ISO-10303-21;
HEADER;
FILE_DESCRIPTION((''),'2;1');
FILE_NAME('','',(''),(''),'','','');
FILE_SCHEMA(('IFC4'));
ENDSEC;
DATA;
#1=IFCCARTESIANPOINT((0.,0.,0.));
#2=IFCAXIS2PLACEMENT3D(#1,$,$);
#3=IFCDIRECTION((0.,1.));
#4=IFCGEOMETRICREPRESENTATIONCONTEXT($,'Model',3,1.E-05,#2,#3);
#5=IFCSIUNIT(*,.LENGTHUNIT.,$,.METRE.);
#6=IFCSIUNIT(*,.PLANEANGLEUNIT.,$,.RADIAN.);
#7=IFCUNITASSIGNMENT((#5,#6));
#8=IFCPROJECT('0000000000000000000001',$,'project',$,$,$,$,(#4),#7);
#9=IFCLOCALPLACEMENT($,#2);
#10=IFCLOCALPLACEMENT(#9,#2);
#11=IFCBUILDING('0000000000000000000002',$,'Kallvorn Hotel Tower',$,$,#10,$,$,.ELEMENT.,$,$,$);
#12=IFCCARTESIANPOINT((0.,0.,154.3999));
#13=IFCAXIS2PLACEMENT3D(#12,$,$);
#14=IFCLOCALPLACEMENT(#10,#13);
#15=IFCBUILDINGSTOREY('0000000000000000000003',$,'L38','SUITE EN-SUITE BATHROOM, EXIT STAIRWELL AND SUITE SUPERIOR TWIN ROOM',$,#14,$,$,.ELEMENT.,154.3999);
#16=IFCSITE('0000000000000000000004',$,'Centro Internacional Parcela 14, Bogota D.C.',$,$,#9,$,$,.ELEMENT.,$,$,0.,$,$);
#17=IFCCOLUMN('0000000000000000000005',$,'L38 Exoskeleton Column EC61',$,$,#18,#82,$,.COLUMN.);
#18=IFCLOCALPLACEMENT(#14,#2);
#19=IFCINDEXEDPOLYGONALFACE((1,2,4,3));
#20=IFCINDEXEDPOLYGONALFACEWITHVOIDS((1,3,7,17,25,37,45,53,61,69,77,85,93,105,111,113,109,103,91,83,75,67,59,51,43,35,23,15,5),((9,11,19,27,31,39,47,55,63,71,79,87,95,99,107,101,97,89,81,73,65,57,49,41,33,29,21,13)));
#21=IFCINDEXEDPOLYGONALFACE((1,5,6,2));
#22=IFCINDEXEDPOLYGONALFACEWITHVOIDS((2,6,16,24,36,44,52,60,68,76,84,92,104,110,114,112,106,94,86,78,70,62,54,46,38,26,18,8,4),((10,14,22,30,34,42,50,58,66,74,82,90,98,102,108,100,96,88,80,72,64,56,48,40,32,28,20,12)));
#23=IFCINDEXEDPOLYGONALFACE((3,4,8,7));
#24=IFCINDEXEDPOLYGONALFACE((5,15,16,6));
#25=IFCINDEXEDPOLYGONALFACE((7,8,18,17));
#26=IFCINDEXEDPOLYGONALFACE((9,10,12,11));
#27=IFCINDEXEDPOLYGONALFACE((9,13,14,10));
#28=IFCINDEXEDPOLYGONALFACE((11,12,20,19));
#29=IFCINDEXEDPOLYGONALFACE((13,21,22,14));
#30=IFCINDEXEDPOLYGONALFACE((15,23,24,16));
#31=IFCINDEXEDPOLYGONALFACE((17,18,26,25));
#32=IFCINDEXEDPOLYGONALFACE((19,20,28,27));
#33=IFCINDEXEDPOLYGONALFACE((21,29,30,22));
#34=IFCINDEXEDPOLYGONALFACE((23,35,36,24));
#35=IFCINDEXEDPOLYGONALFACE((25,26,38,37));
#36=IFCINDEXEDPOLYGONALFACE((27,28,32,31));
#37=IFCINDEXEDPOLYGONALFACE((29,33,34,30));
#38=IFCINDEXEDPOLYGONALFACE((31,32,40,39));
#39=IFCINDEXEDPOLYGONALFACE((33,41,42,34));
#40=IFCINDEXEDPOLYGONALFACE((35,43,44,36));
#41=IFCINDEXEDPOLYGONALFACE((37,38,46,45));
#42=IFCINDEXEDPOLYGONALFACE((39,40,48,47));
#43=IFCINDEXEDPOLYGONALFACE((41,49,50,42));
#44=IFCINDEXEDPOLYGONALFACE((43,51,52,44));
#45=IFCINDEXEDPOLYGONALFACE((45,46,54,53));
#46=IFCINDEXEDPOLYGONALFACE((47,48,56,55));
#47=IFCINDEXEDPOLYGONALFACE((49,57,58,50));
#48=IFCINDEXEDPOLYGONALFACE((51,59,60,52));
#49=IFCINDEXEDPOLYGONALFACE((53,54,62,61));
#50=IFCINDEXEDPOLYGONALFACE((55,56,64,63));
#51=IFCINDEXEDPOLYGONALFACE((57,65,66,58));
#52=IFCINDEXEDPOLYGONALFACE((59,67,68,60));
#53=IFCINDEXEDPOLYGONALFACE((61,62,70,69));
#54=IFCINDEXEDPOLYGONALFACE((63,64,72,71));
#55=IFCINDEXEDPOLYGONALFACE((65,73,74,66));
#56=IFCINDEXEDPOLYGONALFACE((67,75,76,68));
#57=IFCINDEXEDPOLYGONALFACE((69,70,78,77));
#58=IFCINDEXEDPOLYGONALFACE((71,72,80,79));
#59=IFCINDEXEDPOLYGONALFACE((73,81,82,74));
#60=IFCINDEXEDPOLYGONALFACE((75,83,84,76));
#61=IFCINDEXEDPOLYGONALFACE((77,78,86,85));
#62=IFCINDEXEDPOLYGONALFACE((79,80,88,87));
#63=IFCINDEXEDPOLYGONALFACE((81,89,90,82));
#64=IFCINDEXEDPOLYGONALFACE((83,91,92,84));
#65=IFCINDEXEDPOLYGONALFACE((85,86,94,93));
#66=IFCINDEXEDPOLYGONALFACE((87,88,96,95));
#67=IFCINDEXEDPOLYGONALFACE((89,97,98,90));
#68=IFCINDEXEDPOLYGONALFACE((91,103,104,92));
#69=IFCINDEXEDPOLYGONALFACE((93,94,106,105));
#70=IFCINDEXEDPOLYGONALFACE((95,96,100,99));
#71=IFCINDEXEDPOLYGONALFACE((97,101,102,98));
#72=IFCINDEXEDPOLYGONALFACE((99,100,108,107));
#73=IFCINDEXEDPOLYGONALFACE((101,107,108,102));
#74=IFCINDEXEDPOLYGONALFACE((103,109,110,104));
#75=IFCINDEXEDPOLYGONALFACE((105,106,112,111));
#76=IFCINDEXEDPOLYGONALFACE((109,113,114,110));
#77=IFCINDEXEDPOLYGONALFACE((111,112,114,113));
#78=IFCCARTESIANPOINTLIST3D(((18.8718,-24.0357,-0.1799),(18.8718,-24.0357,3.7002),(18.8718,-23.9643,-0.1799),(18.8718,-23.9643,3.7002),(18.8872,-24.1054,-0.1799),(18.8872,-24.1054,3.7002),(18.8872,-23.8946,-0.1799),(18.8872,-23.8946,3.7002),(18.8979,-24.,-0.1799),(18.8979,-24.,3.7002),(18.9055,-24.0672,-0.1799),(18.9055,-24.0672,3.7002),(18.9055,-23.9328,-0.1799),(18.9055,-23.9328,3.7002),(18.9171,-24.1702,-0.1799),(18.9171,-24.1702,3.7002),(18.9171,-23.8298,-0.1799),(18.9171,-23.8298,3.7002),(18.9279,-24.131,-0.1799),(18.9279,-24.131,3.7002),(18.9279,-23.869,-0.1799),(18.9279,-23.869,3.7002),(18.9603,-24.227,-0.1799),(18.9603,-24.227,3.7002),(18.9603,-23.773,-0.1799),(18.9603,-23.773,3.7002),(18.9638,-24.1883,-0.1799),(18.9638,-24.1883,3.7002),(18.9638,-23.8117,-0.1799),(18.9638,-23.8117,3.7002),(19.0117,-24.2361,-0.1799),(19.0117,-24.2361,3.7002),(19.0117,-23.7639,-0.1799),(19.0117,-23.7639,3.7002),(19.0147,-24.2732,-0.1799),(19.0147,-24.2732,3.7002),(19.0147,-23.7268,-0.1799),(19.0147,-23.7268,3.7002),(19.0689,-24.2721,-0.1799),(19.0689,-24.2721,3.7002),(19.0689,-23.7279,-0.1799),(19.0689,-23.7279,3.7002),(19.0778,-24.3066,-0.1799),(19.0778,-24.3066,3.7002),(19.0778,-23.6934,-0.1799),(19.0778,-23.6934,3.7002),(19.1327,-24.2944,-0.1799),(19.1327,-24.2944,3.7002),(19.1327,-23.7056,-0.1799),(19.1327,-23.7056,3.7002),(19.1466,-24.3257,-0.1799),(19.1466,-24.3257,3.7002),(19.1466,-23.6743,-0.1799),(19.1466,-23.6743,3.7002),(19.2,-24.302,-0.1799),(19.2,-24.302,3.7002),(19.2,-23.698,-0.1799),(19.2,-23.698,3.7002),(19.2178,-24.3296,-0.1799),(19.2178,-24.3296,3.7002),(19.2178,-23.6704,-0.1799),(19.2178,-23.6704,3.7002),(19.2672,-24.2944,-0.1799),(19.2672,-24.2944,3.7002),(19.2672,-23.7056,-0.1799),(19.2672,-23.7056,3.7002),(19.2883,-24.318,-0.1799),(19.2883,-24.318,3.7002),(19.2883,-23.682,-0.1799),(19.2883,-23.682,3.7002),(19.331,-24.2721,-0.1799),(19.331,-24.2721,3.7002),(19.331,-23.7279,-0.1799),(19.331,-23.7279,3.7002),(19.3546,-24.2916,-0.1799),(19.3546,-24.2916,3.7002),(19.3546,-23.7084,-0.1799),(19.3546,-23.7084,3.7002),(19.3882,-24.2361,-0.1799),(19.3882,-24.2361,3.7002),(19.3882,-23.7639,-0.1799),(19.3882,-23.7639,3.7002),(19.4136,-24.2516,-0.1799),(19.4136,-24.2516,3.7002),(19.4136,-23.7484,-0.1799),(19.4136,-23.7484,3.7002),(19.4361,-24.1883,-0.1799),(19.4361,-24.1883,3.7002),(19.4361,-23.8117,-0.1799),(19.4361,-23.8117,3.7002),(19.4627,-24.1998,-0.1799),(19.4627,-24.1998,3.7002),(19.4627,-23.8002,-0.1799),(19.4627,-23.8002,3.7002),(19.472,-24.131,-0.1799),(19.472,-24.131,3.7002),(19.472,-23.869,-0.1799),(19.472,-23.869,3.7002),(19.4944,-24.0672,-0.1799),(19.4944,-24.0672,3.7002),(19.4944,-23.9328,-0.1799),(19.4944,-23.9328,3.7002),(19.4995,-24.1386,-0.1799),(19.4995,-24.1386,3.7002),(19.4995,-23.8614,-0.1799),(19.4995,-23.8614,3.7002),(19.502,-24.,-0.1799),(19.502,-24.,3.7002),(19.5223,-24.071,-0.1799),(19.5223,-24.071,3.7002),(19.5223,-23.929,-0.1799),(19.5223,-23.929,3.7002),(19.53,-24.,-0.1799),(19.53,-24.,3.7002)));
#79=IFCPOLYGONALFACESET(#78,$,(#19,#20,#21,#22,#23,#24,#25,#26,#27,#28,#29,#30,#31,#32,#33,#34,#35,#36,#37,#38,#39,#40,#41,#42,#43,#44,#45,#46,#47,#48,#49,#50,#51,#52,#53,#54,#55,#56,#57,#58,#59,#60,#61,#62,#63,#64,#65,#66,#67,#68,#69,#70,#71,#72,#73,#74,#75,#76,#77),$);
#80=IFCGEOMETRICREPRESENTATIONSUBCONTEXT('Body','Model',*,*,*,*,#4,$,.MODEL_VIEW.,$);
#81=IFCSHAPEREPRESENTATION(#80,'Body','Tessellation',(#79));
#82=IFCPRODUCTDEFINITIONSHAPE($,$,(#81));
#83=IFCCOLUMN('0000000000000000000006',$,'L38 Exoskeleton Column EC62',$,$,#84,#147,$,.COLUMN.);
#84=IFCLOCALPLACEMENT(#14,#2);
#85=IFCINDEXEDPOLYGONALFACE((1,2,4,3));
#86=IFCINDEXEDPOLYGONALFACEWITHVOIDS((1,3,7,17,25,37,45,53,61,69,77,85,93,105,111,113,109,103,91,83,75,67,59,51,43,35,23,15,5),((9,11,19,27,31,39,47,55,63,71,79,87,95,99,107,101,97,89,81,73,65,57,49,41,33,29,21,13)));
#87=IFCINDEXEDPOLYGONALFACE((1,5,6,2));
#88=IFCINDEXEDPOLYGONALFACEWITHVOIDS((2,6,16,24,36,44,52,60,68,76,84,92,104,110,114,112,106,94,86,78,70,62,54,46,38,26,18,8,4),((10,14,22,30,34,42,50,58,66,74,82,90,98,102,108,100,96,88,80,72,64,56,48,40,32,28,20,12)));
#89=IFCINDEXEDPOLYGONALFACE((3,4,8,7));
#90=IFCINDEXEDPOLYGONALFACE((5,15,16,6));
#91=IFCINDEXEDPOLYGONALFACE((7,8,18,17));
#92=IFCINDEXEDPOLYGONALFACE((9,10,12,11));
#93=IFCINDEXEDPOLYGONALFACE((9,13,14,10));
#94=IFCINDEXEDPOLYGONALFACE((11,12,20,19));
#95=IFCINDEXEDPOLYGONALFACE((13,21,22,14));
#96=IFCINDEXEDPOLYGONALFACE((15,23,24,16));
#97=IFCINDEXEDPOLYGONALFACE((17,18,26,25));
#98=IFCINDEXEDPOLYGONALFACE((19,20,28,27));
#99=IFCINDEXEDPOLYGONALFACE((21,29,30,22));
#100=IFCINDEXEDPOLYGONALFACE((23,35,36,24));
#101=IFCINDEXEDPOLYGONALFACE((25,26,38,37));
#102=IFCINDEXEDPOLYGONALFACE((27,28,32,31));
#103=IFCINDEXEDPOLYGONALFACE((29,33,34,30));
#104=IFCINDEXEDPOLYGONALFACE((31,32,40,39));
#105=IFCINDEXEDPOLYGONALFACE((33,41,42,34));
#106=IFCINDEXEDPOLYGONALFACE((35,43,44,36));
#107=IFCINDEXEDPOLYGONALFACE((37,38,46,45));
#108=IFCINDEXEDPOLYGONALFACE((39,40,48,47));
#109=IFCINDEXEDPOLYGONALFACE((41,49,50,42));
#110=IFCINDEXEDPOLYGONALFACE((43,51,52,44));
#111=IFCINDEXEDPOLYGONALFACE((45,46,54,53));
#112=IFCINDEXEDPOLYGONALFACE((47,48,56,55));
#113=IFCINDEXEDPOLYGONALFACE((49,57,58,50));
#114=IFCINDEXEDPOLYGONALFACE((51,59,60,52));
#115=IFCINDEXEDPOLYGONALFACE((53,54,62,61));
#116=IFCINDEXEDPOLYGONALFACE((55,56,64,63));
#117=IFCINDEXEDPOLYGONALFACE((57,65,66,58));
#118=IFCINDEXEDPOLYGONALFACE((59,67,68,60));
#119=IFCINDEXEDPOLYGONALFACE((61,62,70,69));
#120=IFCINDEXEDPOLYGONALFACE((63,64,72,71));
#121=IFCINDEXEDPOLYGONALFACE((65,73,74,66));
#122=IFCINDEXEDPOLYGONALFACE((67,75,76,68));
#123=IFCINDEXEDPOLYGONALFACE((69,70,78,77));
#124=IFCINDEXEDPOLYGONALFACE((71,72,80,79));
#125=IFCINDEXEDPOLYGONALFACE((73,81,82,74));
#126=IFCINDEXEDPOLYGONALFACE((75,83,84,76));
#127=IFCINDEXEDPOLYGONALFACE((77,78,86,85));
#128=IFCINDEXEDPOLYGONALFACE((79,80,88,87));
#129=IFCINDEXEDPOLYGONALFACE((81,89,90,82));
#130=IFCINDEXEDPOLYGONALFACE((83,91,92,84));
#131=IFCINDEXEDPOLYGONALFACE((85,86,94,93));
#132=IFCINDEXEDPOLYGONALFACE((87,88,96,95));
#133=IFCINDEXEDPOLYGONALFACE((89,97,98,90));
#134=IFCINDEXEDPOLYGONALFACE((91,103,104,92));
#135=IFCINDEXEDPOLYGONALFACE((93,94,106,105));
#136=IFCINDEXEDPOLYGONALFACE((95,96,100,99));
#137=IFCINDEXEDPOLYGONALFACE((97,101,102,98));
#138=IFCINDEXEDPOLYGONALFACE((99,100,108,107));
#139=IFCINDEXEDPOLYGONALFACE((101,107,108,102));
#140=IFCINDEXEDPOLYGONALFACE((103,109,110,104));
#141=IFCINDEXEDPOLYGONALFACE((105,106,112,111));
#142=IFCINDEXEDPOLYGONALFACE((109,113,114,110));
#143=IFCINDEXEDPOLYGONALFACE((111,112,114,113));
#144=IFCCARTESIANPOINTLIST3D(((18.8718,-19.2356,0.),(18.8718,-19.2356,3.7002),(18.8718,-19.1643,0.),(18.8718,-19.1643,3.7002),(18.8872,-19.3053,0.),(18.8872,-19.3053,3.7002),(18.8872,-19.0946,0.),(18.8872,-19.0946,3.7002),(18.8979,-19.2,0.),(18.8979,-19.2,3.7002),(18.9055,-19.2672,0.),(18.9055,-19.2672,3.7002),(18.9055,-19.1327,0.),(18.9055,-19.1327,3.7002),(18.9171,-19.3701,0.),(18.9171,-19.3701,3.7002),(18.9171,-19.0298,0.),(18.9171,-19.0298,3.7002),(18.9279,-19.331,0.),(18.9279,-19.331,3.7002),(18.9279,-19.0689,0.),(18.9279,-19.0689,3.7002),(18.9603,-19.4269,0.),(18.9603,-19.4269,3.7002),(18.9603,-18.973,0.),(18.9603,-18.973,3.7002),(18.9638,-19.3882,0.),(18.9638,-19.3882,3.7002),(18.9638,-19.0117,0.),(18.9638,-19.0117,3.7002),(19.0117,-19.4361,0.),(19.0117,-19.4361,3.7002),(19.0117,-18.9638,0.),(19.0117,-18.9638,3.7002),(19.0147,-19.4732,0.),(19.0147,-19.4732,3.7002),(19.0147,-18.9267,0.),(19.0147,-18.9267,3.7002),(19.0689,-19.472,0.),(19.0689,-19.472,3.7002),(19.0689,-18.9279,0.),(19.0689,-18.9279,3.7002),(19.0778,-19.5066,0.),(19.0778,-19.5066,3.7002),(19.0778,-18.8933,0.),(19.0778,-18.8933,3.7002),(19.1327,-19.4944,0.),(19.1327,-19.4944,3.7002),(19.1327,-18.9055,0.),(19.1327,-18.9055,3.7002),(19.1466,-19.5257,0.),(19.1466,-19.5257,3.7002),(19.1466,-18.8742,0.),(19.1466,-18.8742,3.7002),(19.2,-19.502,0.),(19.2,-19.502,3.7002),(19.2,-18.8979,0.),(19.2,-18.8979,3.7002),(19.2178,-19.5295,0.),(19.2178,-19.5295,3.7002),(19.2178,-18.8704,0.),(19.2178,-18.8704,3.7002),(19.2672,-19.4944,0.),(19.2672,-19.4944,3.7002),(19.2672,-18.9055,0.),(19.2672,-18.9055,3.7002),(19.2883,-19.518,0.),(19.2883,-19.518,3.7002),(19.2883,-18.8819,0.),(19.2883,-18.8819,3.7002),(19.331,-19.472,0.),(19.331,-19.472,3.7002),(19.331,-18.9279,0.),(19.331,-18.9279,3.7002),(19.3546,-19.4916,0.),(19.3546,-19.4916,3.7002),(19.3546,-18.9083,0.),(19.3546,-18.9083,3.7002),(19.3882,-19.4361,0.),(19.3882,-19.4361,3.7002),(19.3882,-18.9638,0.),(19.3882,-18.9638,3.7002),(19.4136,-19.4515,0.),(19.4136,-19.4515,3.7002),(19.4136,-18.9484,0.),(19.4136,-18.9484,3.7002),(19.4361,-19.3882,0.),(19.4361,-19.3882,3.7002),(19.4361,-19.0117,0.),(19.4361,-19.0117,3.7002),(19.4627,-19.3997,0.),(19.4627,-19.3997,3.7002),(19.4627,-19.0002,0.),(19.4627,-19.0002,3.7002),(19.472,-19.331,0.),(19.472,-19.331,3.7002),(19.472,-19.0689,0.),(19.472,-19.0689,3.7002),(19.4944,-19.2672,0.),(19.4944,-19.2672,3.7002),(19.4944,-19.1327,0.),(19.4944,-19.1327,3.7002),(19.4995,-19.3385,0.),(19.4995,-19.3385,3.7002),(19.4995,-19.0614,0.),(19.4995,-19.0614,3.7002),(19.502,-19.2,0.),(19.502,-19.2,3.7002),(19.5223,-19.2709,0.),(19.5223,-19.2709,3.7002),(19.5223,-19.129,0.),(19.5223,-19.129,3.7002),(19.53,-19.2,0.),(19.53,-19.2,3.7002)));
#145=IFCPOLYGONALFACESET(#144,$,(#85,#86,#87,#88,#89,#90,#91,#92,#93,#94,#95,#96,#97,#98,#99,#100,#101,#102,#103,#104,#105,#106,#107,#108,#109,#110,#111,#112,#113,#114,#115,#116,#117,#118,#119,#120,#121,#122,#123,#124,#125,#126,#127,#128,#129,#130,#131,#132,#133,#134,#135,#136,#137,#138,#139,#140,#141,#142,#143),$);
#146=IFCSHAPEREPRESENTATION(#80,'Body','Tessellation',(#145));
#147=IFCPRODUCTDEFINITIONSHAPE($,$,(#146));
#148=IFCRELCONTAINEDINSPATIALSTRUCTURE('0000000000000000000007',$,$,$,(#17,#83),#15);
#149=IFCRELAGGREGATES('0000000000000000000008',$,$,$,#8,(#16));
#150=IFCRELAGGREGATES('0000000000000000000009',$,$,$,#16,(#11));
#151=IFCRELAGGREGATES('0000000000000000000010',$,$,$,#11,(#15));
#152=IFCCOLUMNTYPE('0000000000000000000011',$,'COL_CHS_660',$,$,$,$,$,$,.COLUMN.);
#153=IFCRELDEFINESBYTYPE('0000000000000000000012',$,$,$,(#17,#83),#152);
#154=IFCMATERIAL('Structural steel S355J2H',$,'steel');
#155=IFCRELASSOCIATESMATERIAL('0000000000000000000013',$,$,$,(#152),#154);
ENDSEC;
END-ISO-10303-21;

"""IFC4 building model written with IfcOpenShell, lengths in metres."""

from ifc_helpers import new_model, si_unit, direction, frame, origin, origin_2d, place, context, subcontext, project, spatial, hollow_circle, extrude, material, material_profile, profile_set, type_object, element, save


model = new_model("IFC4")

# Units and contexts
model_context = context("Model", 3, precision=1e-05, world=origin(), true_north=direction((0.0, 1.0)))
body_context = subcontext(model_context, "Body", "Model", "MODEL_VIEW")
ifc_project = project(units=[si_unit("LENGTHUNIT", "METRE"), si_unit("PLANEANGLEUNIT", "RADIAN")], contexts=[model_context])

# Site, building, storey
site_placement = place(None, origin())
site = spatial("IfcSite", under=ifc_project, at=site_placement, Name="Centro Internacional Parcela 14, Bogota D.C.", CompositionType="ELEMENT", RefElevation=0.0)
building_placement = place(site_placement, origin())
building = spatial("IfcBuilding", under=site, at=building_placement, Name="Kallvorn Hotel Tower", CompositionType="ELEMENT")
storey_placement = place(building_placement, frame((0.0, 0.0, 154.3999)))
storey = spatial("IfcBuildingStorey", under=building, at=storey_placement, Name="L38", Description="SUITE EN-SUITE BATHROOM, EXIT STAIRWELL AND SUITE SUPERIOR TWIN ROOM", CompositionType="ELEMENT", Elevation=154.3999)

# Columns
ifc_material_1 = material(Name="Structural steel S355J2H", Category="steel")
ifc_material_profile_1 = material_profile(ifc_material_1, hollow_circle(Radius=0.3301, WallThickness=0.0281, at=origin_2d()), Name="CHS 660x28")
ifc_profile_set_1 = profile_set([ifc_material_profile_1], Name="Structural steel S355J2H")
column_type = type_object("IfcColumnType", Name="COL_CHS_660", PredefinedType="COLUMN", material=ifc_profile_set_1)
column_1_placement = place(storey_placement, frame((19.2, -24.0, -0.1799), z_axis=(0.0, 0.0, 1.0), x_axis=(1.0, 0.0, 0.0)))
element("IfcColumn", 1, at=column_1_placement, inside=storey, type_object=column_type, Name="L38 Exoskeleton Column EC61", PredefinedType="COLUMN", context=body_context, shape_type="SweptSolid", body=[
    extrude(hollow_circle(Radius=0.3301, WallThickness=0.0281, at=origin_2d()), origin(), (0.0, 0.0, 1.0), 3.8801),
])
column_2_placement = place(storey_placement, frame((19.2, -19.2, 0.0), z_axis=(0.0, 0.0, 1.0), x_axis=(1.0, 0.0, 0.0)))
element("IfcColumn", 2, at=column_2_placement, inside=storey, type_object=column_type, Name="L38 Exoskeleton Column EC62", PredefinedType="COLUMN", context=body_context, shape_type="SweptSolid", body=[
    extrude(hollow_circle(Radius=0.3301, WallThickness=0.0281, at=origin_2d()), origin(), (0.0, 0.0, 1.0), 3.7002),
])

save(model, "model.ifc")
